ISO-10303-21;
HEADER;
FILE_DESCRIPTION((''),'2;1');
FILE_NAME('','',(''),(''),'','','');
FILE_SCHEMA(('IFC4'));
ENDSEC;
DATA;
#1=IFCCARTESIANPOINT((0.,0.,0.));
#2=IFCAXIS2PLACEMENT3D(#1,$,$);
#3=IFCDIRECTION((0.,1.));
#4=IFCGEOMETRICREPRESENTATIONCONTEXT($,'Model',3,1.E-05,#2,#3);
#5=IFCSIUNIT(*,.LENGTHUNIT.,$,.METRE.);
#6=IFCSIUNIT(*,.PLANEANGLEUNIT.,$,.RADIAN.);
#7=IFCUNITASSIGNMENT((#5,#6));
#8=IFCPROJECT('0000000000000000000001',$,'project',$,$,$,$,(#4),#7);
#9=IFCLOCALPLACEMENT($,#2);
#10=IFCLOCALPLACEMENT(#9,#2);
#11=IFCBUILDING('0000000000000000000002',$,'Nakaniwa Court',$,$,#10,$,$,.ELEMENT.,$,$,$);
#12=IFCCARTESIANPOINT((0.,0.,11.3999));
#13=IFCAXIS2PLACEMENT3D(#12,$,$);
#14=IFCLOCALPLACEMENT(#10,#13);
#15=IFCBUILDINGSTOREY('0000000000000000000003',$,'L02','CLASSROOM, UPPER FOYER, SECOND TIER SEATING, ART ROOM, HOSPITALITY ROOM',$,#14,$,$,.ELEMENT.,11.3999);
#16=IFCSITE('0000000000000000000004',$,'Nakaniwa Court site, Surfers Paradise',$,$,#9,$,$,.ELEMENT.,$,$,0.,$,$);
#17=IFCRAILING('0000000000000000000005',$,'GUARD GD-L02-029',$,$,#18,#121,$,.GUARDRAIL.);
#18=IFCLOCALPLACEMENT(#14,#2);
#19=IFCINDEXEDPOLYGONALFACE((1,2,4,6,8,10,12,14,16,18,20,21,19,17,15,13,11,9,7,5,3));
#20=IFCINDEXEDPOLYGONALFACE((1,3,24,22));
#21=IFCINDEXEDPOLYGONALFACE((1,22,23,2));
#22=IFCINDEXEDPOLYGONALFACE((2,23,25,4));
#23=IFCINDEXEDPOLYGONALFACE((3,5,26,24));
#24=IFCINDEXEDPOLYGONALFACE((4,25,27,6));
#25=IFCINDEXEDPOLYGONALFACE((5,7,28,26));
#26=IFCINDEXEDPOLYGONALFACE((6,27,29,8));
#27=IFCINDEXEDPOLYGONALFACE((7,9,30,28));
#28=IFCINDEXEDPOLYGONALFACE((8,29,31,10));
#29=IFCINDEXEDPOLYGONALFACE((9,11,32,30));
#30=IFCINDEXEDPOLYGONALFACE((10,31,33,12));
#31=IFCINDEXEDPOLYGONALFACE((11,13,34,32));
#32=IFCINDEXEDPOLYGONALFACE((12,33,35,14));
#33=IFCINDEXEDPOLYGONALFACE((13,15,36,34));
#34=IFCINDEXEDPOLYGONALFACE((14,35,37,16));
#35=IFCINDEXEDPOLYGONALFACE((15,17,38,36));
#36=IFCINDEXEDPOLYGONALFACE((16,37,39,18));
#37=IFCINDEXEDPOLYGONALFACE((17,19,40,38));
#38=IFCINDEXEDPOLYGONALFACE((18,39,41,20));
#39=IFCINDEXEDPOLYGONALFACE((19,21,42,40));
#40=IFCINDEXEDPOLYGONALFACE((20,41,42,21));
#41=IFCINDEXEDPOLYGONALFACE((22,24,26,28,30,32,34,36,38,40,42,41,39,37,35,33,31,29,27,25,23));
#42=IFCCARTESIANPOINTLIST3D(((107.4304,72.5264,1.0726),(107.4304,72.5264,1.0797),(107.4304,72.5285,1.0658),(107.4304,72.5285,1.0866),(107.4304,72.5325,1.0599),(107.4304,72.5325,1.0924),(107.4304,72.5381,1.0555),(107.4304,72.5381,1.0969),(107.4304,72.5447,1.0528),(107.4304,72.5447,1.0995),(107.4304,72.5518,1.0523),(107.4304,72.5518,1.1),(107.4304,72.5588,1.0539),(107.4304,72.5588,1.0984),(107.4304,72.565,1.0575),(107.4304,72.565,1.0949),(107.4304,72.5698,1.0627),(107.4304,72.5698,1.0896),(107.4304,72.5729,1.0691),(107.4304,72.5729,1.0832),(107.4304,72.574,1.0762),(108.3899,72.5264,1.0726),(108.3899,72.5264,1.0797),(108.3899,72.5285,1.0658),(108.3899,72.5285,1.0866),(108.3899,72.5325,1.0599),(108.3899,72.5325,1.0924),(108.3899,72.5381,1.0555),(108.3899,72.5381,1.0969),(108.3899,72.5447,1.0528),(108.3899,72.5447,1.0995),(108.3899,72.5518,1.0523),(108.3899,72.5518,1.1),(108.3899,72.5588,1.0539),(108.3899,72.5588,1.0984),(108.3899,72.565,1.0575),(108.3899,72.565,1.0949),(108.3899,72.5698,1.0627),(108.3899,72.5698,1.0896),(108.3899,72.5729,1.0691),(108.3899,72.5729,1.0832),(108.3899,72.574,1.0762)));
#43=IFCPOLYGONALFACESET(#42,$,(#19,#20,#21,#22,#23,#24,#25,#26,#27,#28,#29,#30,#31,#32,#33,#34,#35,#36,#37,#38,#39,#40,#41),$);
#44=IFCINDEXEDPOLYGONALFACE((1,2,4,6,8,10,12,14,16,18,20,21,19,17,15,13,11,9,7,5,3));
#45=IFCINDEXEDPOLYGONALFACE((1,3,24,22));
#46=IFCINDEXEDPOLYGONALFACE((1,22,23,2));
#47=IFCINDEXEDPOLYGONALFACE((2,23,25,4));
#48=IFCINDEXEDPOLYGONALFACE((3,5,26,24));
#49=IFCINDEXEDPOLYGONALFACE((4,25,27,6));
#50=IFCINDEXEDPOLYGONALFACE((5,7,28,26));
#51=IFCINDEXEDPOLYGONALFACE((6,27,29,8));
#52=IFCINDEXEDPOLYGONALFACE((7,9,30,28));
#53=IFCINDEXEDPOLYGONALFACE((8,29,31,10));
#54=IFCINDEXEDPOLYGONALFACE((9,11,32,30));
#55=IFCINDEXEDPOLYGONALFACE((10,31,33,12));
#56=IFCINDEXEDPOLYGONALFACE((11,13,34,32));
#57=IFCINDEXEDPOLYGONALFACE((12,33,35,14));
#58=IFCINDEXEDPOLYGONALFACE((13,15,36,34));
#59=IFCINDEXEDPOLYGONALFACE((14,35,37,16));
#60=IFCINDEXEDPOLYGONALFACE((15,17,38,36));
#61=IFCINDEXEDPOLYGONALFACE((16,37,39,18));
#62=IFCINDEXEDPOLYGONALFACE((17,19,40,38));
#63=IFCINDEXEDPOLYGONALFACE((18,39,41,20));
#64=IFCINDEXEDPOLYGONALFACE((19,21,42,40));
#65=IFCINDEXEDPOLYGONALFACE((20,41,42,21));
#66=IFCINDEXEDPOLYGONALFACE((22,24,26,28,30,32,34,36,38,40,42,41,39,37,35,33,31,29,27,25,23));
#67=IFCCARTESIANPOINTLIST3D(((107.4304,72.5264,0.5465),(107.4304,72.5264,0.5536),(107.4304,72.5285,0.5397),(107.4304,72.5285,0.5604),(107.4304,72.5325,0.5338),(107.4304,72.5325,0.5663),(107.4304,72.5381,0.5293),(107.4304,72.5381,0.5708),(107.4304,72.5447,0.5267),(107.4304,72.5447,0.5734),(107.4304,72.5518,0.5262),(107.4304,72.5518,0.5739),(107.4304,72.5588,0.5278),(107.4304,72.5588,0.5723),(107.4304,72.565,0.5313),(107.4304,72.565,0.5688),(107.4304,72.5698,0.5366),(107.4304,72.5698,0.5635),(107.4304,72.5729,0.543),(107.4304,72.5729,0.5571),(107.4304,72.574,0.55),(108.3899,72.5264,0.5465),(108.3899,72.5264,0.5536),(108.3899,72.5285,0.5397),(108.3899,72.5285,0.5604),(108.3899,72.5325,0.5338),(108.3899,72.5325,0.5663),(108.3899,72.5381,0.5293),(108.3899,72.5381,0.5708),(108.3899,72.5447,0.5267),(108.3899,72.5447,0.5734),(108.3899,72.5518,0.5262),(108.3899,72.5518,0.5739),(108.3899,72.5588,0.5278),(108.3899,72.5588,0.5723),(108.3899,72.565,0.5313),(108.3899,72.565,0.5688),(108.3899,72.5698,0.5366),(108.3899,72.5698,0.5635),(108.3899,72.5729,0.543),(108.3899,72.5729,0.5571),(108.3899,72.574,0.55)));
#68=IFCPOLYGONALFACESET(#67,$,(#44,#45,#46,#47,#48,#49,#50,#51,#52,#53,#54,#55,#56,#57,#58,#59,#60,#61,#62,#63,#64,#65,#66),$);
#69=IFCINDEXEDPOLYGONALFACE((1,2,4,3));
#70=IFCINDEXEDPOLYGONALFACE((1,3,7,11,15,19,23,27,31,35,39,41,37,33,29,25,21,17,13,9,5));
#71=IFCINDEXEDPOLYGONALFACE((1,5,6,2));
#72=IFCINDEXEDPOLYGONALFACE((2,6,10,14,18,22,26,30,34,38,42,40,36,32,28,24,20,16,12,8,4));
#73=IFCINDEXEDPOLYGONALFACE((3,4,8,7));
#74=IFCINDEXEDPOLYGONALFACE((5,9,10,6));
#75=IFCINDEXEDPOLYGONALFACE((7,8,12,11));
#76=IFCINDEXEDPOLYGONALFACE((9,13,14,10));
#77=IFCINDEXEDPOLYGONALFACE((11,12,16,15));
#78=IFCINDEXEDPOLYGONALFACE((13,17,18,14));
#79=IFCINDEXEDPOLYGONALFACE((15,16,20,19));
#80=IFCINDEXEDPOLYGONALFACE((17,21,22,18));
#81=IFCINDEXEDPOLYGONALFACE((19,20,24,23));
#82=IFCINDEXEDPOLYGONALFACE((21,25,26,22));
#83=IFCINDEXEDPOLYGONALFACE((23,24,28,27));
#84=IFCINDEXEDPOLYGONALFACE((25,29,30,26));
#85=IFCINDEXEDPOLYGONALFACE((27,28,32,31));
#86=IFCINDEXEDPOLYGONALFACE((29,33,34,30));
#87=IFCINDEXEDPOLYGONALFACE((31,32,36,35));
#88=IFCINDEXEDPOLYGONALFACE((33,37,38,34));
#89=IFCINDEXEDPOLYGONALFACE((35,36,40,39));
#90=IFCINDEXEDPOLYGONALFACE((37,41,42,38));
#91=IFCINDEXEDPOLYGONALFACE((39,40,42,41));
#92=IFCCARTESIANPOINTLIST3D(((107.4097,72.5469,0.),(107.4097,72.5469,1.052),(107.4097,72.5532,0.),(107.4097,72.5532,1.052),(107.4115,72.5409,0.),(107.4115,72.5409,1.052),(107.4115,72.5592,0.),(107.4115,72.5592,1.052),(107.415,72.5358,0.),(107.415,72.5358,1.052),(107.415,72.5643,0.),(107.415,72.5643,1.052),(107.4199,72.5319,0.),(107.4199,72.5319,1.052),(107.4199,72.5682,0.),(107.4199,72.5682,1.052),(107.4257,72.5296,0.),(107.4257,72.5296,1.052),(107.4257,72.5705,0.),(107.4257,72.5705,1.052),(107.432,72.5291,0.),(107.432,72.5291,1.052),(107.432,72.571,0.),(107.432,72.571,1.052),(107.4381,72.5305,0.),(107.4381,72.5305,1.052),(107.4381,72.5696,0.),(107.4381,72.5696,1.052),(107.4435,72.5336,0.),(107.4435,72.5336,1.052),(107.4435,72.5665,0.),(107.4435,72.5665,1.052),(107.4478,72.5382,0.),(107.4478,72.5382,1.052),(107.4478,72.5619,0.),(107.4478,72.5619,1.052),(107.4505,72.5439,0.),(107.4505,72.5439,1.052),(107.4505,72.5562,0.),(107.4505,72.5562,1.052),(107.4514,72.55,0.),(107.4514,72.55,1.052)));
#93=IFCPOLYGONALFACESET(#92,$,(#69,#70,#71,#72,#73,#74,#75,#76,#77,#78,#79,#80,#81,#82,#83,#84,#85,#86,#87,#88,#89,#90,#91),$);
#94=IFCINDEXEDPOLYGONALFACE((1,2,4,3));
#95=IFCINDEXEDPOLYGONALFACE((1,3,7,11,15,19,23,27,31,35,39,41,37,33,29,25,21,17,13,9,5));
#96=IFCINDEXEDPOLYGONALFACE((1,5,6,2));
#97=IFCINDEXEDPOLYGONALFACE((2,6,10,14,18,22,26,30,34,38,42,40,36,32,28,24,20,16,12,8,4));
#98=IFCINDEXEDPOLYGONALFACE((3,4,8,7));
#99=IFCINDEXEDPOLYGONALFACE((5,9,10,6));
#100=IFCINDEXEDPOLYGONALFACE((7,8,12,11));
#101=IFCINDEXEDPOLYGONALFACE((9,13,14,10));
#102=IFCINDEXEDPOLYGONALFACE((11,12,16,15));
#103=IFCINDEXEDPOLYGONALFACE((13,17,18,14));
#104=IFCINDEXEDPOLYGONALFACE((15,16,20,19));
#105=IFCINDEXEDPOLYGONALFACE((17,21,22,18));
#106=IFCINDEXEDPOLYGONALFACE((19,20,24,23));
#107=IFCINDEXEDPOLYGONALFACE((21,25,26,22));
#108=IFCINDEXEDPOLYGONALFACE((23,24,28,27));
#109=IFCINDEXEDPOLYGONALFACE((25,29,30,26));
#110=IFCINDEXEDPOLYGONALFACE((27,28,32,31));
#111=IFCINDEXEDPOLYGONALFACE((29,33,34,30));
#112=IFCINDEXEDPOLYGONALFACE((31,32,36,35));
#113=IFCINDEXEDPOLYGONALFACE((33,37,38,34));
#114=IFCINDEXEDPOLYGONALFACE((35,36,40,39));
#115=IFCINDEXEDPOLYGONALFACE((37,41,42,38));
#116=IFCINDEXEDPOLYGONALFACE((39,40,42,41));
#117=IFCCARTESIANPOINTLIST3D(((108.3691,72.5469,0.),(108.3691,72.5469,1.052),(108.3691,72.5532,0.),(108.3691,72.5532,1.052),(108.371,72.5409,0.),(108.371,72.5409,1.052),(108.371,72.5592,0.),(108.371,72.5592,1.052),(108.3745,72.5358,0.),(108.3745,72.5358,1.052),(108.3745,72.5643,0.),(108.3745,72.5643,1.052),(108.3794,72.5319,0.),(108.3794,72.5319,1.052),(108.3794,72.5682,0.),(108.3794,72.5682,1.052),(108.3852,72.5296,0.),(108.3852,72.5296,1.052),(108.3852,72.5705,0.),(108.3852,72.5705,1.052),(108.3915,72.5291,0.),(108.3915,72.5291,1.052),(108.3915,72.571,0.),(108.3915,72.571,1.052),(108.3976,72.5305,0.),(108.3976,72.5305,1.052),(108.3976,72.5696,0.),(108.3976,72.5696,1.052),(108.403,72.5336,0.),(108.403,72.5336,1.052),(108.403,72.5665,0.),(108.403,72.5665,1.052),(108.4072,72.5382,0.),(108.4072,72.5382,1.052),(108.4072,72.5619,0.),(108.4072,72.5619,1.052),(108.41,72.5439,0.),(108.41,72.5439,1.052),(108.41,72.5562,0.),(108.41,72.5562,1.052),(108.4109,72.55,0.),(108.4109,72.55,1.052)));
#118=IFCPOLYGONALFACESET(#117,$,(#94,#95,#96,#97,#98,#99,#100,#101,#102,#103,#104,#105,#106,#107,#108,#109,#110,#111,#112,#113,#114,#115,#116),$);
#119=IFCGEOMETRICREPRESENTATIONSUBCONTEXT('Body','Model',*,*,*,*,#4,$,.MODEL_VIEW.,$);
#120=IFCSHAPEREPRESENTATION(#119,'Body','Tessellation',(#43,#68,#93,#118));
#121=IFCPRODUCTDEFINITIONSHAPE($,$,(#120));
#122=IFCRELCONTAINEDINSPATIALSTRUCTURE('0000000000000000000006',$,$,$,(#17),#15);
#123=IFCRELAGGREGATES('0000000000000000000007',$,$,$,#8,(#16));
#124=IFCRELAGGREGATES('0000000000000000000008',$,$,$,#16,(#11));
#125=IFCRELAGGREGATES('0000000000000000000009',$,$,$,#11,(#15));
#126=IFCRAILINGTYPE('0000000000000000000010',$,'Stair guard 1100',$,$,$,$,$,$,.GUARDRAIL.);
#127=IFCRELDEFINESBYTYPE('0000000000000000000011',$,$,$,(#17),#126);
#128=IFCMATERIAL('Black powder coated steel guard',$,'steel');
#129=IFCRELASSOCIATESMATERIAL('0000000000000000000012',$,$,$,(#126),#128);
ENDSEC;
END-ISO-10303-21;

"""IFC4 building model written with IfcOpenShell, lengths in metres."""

from ifc_helpers import new_model, si_unit, direction, frame, origin, origin_2d, place, context, subcontext, project, spatial, circle, extrude, material, type_object, element, save


model = new_model("IFC4")

# Units and contexts
model_context = context("Model", 3, precision=1e-05, world=origin(), true_north=direction((0.0, 1.0)))
body_context = subcontext(model_context, "Body", "Model", "MODEL_VIEW")
ifc_project = project(units=[si_unit("LENGTHUNIT", "METRE"), si_unit("PLANEANGLEUNIT", "RADIAN")], contexts=[model_context])

# Site, building, storey
site_placement = place(None, origin())
site = spatial("IfcSite", under=ifc_project, at=site_placement, Name="Nakaniwa Court site, Surfers Paradise", CompositionType="ELEMENT", RefElevation=0.0)
building_placement = place(site_placement, origin())
building = spatial("IfcBuilding", under=site, at=building_placement, Name="Nakaniwa Court", CompositionType="ELEMENT")
storey_placement = place(building_placement, frame((0.0, 0.0, 11.3999)))
storey = spatial("IfcBuildingStorey", under=building, at=storey_placement, Name="L02", Description="CLASSROOM, UPPER FOYER, SECOND TIER SEATING, ART ROOM, HOSPITALITY ROOM", CompositionType="ELEMENT", Elevation=11.3999)

# Railing
ifc_material_1 = material(Name="Black powder coated steel guard", Category="steel")
railing_type = type_object("IfcRailingType", Name="Stair guard 1100", PredefinedType="GUARDRAIL", material=ifc_material_1)
railing_1_placement = place(storey_placement, frame((107.4304, 72.55, 0.0)))
element("IfcRailing", 1, at=railing_1_placement, inside=storey, type_object=railing_type, Name="GUARD GD-L02-029", PredefinedType="GUARDRAIL", context=body_context, shape_type="SweptSolid", body=[
    extrude(circle(Radius=0.0239, at=origin_2d()), frame((0.0, 0.0, 1.0762), z_axis=(1.0, 0.0, 0.0), x_axis=(0.0, 1.0, 0.0)), (0.0, 0.0, 1.0), 0.9595),
    extrude(circle(Radius=0.0239, at=origin_2d()), frame((0.0, 0.0, 0.55), z_axis=(1.0, 0.0, 0.0), x_axis=(0.0, 1.0, 0.0)), (0.0, 0.0, 1.0), 0.9595),
    extrude(circle(Radius=0.021, at=origin_2d()), origin(), (0.0, 0.0, 1.0), 1.052),
    extrude(circle(Radius=0.021, at=origin_2d()), frame((0.9595, 0.0, 0.0)), (0.0, 0.0, 1.0), 1.052),
])

save(model, "model.ifc")
